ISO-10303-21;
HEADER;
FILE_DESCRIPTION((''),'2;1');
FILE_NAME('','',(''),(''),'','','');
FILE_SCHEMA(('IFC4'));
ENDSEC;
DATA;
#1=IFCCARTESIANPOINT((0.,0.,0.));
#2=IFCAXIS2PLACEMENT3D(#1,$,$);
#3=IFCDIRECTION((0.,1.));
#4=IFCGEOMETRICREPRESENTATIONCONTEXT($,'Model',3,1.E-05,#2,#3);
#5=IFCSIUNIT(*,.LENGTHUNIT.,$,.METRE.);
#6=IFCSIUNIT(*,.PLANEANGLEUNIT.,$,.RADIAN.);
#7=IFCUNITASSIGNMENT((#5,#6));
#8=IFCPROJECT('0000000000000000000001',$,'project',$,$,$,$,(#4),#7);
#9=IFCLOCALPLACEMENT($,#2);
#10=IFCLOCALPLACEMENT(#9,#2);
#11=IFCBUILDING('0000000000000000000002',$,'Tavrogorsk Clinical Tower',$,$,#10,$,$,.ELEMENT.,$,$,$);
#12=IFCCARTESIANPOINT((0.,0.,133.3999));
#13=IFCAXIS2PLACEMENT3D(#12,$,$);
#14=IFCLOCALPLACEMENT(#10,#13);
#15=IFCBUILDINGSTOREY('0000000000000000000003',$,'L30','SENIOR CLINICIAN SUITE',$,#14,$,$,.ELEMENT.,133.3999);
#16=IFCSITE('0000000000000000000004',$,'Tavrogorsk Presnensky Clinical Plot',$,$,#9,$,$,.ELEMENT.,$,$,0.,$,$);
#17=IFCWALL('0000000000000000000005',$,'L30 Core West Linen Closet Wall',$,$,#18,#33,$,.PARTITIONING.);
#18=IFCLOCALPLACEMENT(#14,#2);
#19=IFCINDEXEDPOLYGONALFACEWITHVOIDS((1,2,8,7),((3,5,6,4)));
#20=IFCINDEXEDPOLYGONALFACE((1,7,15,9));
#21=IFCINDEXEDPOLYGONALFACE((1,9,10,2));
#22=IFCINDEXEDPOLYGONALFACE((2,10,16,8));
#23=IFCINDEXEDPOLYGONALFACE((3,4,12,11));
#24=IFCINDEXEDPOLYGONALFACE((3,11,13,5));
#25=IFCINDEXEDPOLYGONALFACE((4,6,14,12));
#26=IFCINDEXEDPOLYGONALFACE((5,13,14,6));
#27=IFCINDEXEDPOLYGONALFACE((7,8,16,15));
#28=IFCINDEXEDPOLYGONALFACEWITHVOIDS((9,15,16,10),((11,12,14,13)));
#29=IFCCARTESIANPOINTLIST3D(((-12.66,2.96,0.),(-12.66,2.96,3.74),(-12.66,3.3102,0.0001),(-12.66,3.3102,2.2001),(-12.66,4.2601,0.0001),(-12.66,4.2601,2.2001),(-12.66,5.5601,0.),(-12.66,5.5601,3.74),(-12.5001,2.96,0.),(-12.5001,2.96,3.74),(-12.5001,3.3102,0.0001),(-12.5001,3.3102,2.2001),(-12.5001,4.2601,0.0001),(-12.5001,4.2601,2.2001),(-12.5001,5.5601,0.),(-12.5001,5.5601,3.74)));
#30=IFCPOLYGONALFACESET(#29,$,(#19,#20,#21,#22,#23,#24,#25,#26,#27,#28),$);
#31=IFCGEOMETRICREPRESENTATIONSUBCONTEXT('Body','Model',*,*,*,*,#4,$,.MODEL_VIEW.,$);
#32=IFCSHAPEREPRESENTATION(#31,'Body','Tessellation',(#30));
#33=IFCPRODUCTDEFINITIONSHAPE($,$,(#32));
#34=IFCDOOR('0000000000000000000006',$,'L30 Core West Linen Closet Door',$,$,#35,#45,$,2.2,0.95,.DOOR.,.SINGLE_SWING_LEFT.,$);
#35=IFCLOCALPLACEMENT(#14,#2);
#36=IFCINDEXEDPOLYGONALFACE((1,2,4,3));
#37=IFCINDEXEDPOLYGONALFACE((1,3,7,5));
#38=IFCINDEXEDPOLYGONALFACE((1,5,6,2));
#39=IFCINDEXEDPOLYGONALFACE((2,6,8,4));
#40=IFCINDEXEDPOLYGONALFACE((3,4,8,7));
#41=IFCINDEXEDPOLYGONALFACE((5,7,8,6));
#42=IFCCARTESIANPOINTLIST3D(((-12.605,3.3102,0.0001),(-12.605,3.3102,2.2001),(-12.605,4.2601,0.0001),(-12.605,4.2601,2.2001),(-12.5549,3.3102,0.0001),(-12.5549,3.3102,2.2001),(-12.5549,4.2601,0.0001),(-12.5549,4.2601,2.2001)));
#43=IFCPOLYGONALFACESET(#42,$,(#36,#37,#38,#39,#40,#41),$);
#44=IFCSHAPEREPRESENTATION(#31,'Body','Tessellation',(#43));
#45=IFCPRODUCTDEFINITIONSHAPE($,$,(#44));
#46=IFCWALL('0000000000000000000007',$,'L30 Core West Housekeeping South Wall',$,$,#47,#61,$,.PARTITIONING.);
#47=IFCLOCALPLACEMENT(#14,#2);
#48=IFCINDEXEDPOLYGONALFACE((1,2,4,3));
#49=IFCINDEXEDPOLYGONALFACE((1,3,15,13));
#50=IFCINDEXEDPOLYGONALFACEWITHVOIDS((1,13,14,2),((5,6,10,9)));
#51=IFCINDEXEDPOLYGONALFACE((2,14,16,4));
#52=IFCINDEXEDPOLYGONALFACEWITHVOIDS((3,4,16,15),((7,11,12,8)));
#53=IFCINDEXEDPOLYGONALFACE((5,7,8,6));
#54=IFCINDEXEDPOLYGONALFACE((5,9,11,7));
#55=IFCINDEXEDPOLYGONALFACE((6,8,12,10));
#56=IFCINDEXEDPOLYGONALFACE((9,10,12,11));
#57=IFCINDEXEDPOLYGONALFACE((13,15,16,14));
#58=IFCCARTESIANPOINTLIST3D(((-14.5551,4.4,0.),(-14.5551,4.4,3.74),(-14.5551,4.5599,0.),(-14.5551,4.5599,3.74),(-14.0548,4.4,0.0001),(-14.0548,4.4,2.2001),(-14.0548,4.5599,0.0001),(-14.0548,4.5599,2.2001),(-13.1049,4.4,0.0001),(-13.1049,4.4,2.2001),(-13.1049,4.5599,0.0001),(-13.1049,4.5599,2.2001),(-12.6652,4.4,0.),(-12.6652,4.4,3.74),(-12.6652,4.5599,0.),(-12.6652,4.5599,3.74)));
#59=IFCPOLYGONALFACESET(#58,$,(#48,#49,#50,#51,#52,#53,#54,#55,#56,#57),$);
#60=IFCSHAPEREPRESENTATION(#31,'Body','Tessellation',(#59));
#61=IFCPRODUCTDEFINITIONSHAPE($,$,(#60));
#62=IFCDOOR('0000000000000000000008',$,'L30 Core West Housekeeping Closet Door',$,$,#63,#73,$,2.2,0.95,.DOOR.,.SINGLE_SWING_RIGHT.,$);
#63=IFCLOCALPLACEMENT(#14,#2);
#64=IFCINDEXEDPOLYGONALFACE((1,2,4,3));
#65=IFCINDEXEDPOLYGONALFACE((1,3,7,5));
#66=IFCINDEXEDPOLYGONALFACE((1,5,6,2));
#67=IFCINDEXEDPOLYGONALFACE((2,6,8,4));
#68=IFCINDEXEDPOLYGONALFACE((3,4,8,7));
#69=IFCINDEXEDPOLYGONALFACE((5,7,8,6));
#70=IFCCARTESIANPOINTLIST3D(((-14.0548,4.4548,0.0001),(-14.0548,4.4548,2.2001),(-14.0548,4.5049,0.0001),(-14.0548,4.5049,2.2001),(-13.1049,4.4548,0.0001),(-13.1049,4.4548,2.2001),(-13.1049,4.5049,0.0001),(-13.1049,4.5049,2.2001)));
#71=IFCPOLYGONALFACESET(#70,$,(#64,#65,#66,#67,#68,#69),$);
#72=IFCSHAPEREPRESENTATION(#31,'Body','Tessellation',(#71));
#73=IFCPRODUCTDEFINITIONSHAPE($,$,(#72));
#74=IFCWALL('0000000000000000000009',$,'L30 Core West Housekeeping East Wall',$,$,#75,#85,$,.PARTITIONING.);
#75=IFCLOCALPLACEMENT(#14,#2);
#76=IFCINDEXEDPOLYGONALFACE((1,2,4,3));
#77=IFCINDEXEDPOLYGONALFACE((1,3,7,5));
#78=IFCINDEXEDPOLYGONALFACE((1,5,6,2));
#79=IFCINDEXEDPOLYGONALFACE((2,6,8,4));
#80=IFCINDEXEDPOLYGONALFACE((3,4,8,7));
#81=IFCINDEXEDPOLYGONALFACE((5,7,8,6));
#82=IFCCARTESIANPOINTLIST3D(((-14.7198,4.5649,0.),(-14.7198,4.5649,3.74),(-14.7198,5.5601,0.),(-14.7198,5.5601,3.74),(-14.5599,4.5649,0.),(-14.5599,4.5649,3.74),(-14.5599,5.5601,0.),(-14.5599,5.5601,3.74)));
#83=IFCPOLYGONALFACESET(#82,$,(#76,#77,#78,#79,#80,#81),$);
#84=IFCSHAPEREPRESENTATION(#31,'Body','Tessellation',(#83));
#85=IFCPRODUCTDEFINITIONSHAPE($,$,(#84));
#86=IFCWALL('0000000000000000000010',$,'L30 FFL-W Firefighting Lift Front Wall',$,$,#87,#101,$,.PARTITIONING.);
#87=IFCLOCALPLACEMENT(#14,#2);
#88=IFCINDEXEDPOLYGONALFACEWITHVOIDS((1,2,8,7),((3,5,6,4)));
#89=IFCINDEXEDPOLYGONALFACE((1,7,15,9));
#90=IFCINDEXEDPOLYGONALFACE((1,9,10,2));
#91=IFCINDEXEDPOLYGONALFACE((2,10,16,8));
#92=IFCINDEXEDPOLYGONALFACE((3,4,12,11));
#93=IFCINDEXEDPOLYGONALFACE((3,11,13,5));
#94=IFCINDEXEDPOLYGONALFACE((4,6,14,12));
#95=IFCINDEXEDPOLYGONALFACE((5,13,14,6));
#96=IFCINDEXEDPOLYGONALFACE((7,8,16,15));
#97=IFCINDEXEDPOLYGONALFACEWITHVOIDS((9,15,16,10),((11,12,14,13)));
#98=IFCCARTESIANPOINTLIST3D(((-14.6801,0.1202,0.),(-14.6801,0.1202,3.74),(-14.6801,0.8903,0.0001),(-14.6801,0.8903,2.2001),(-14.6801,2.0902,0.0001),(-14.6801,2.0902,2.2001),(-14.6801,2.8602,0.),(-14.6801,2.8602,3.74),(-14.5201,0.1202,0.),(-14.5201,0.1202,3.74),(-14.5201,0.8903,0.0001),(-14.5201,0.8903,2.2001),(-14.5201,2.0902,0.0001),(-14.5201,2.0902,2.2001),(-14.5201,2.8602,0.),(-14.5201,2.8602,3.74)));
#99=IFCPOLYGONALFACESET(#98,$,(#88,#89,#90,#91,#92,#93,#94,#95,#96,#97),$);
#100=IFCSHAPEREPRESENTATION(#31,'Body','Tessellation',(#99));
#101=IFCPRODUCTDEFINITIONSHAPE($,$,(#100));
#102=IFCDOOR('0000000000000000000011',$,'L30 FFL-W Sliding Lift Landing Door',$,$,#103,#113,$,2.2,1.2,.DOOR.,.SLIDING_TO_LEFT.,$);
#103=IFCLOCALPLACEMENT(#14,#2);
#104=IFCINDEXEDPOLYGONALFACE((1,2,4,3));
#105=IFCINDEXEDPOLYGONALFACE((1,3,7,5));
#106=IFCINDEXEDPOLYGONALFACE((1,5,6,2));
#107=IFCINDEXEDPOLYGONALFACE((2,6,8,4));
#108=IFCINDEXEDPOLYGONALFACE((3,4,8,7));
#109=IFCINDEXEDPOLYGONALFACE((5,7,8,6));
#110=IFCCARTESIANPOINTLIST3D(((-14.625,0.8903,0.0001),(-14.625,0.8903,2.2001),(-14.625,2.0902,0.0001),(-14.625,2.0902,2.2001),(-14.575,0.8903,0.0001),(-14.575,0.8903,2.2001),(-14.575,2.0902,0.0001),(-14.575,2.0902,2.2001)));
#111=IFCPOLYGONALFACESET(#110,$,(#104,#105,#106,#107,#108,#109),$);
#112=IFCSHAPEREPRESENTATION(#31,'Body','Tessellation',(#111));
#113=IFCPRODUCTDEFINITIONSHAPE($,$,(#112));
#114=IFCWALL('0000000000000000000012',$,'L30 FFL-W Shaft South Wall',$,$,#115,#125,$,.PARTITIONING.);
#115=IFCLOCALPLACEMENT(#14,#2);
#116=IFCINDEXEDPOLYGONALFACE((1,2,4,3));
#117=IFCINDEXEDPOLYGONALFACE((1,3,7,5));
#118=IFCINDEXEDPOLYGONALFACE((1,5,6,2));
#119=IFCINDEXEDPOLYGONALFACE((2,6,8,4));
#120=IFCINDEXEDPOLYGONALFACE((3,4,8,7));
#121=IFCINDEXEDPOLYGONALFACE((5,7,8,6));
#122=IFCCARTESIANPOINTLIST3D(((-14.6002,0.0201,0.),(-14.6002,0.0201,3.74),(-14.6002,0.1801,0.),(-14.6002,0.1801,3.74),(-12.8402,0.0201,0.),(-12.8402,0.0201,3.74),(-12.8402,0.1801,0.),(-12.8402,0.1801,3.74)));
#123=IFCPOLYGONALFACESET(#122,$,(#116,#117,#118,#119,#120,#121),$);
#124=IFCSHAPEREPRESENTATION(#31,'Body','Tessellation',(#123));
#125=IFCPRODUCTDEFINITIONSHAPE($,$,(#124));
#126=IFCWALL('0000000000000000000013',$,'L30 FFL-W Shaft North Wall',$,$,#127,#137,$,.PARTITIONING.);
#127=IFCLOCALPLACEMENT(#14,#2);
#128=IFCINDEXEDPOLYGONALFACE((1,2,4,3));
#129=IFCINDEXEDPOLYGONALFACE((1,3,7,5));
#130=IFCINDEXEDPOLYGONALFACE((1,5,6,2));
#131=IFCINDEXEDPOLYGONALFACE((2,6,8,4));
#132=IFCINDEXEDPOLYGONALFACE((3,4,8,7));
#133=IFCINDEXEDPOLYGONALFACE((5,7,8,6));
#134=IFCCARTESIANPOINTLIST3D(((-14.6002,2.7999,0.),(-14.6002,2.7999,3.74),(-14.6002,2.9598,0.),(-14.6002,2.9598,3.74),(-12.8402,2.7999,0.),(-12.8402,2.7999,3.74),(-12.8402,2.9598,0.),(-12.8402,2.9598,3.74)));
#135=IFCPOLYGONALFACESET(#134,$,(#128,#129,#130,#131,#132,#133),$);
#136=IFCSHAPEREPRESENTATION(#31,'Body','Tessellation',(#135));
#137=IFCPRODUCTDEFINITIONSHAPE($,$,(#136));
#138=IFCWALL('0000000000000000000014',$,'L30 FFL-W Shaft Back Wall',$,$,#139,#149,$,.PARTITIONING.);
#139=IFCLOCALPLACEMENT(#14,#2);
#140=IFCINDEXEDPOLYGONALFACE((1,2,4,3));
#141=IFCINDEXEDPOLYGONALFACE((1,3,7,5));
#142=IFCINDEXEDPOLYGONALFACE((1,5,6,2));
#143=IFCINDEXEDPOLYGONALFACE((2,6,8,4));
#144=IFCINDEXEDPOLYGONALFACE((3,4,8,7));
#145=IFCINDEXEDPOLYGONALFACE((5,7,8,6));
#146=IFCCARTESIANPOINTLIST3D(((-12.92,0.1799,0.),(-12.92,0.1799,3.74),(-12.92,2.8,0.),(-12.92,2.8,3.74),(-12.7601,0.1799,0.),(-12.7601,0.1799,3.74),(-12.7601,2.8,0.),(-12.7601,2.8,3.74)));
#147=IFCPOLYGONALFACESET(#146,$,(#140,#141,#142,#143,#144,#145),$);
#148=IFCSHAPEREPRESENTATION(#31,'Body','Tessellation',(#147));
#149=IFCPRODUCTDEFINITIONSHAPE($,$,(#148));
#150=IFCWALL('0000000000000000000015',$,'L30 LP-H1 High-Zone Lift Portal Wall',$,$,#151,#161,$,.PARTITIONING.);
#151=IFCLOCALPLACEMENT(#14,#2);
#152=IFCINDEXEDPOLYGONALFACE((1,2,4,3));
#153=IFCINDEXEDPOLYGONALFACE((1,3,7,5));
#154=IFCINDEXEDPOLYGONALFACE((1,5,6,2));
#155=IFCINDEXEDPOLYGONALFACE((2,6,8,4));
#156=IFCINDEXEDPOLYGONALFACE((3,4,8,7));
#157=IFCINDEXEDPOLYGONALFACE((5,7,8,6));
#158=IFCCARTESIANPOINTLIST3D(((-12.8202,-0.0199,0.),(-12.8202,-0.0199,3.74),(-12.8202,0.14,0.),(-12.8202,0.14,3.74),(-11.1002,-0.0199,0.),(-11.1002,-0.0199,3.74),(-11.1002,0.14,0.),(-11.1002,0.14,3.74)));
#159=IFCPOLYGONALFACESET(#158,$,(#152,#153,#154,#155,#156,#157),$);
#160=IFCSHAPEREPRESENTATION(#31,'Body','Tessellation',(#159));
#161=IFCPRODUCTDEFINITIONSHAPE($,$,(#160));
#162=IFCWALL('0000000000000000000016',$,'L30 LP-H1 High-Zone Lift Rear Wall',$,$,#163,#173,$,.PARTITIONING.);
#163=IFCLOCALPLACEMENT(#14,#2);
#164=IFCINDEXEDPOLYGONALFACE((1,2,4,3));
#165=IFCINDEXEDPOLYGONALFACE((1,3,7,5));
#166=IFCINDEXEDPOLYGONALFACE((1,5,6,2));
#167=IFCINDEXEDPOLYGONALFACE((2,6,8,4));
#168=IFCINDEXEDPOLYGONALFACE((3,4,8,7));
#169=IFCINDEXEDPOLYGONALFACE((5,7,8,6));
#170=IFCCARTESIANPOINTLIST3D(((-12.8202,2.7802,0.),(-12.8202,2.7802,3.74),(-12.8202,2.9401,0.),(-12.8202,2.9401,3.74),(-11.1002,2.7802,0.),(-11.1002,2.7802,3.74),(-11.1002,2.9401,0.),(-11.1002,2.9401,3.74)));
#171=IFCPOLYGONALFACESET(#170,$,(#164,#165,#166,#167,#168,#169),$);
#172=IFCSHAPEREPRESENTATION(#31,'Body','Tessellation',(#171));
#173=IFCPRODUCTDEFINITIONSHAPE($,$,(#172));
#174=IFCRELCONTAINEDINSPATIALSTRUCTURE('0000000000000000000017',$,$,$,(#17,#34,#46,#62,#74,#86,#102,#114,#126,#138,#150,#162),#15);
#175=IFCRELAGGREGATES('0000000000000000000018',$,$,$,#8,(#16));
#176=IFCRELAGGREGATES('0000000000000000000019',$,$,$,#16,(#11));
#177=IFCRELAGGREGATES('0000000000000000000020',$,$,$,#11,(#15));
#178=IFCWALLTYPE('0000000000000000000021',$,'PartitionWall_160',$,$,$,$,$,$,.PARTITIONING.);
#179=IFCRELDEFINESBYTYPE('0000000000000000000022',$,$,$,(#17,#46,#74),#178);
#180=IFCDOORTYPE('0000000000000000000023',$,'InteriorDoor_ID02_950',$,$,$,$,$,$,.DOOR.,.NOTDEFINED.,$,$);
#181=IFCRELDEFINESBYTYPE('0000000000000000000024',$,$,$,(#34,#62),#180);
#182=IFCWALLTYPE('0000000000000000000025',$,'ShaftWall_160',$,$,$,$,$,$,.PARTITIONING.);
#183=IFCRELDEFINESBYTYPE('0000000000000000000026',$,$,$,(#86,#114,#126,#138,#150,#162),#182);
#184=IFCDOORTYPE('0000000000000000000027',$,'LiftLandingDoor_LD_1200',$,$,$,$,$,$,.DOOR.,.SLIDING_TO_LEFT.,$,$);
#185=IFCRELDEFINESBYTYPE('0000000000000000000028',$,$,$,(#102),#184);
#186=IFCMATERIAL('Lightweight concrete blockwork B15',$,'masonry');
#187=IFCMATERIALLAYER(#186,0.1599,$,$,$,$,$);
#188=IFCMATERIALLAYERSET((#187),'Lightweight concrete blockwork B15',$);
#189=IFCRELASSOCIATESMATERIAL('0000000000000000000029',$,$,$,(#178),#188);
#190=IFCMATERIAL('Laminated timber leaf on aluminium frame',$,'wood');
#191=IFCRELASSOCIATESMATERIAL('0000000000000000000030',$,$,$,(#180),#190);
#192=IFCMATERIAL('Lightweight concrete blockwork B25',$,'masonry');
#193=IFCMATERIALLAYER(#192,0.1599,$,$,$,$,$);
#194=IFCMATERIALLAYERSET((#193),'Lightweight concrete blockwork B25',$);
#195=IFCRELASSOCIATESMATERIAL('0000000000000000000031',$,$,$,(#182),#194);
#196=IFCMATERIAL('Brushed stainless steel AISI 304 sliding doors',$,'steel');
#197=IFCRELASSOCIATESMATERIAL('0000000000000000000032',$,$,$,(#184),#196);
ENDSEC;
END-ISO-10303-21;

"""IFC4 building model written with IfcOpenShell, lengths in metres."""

from ifc_helpers import new_model, si_unit, direction, frame, frame_2d, origin, place, context, subcontext, project, spatial, rectangle, extrude, material, layer, layer_set, type_object, element, fill, save


model = new_model("IFC4")

# Units and contexts
model_context = context("Model", 3, precision=1e-05, world=origin(), true_north=direction((0.0, 1.0)))
body_context = subcontext(model_context, "Body", "Model", "MODEL_VIEW")
ifc_project = project(units=[si_unit("LENGTHUNIT", "METRE"), si_unit("PLANEANGLEUNIT", "RADIAN")], contexts=[model_context])

# Site, building, storey
site_placement = place(None, origin())
site = spatial("IfcSite", under=ifc_project, at=site_placement, Name="Tavrogorsk Presnensky Clinical Plot", CompositionType="ELEMENT", RefElevation=0.0)
building_placement = place(site_placement, origin())
building = spatial("IfcBuilding", under=site, at=building_placement, Name="Tavrogorsk Clinical Tower", CompositionType="ELEMENT")
storey_placement = place(building_placement, frame((0.0, 0.0, 133.3999)))
storey = spatial("IfcBuildingStorey", under=building, at=storey_placement, Name="L30", Description="SENIOR CLINICIAN SUITE", CompositionType="ELEMENT", Elevation=133.3999)

# Walls, openings, doors
ifc_material_1 = material(Name="Lightweight concrete blockwork B15", Category="masonry")
ifc_layer_1 = layer(ifc_material_1, 0.1599)
ifc_layer_set_1 = layer_set([ifc_layer_1], Name="Lightweight concrete blockwork B15")
wall_type_1 = type_object("IfcWallType", Name="PartitionWall_160", PredefinedType="PARTITIONING", material=ifc_layer_set_1)
wall_1_placement = place(storey_placement, frame((-12.5801, 2.96, 0.0), z_axis=(0.0, 0.0, 1.0), x_axis=(0.0, 1.0, 0.0)))
wall_1 = element("IfcWall", 1, at=wall_1_placement, inside=storey, type_object=wall_type_1, Name="L30 Core West Linen Closet Wall", PredefinedType="PARTITIONING", context=body_context, shape_type="SweptSolid", body=[
    extrude(rectangle(XDim=2.6001, YDim=0.1599, at=frame_2d((1.3, 0.0))), origin(), (0.0, 0.0, 1.0), 3.74),
])
opening_1_placement = place(wall_1_placement, frame((0.3501, 0.0, 0.0)))
opening_1 = element("IfcOpeningElement", 2, at=opening_1_placement, cuts=wall_1, PredefinedType="OPENING", context=body_context, shape_type="SweptSolid", body=[
    extrude(rectangle(XDim=0.95, YDim=2.2, at=frame_2d((0.4751, 1.1001))), frame((0.0, 0.0898, 0.0), z_axis=(0.0, -1.0, 0.0), x_axis=(1.0, 0.0, 0.0)), (0.0, 0.0, 1.0), 0.1799),
])
ifc_material_2 = material(Name="Laminated timber leaf on aluminium frame", Category="wood")
door_type_1 = type_object("IfcDoorType", Name="InteriorDoor_ID02_950", OperationType="NOTDEFINED", PredefinedType="DOOR", material=ifc_material_2)
door_1_placement = place(opening_1_placement, origin())
door_1 = element("IfcDoor", 3, at=door_1_placement, inside=storey, type_object=door_type_1, Name="L30 Core West Linen Closet Door", OperationType="SINGLE_SWING_LEFT", OverallHeight=2.2, OverallWidth=0.95, PredefinedType="DOOR", context=body_context, shape_type="SweptSolid", body=[
    extrude(rectangle(XDim=0.95, YDim=2.2, at=frame_2d((0.4751, 1.1001))), frame((0.0, 0.0249, 0.0), z_axis=(0.0, -1.0, 0.0), x_axis=(1.0, 0.0, 0.0)), (0.0, 0.0, 1.0), 0.05),
])
fill(opening_1, door_1)
wall_2_placement = place(storey_placement, frame((-14.5549, 4.48, 0.0), z_axis=(0.0, 0.0, 1.0), x_axis=(1.0, 0.0, 0.0)))
wall_2 = element("IfcWall", 4, at=wall_2_placement, inside=storey, type_object=wall_type_1, Name="L30 Core West Housekeeping South Wall", PredefinedType="PARTITIONING", context=body_context, shape_type="SweptSolid", body=[
    extrude(rectangle(XDim=1.8899, YDim=0.1599, at=frame_2d((0.9448, 0.0))), origin(), (0.0, 0.0, 1.0), 3.74),
])
opening_2_placement = place(wall_2_placement, frame((0.5, 0.0, 0.0)))
opening_2 = element("IfcOpeningElement", 5, at=opening_2_placement, cuts=wall_2, PredefinedType="OPENING", context=body_context, shape_type="SweptSolid", body=[
    extrude(rectangle(XDim=0.95, YDim=2.2, at=frame_2d((0.4751, 1.1001))), frame((0.0, 0.0898, 0.0), z_axis=(0.0, -1.0, 0.0), x_axis=(1.0, 0.0, 0.0)), (0.0, 0.0, 1.0), 0.1799),
])
door_2_placement = place(opening_2_placement, origin())
door_2 = element("IfcDoor", 6, at=door_2_placement, inside=storey, type_object=door_type_1, Name="L30 Core West Housekeeping Closet Door", OperationType="SINGLE_SWING_RIGHT", OverallHeight=2.2, OverallWidth=0.95, PredefinedType="DOOR", context=body_context, shape_type="SweptSolid", body=[
    extrude(rectangle(XDim=0.95, YDim=2.2, at=frame_2d((0.4751, 1.1001))), frame((0.0, 0.0249, 0.0), z_axis=(0.0, -1.0, 0.0), x_axis=(1.0, 0.0, 0.0)), (0.0, 0.0, 1.0), 0.05),
])
fill(opening_2, door_2)

# Wall
wall_3_placement = place(storey_placement, frame((-14.6399, 4.5649, 0.0), z_axis=(0.0, 0.0, 1.0), x_axis=(0.0, 1.0, 0.0)))
element("IfcWall", 7, at=wall_3_placement, inside=storey, type_object=wall_type_1, Name="L30 Core West Housekeeping East Wall", PredefinedType="PARTITIONING", context=body_context, shape_type="SweptSolid", body=[
    extrude(rectangle(XDim=0.9951, YDim=0.1599, at=frame_2d((0.4976, 0.0))), origin(), (0.0, 0.0, 1.0), 3.74),
])

# Wall, opening, door
ifc_material_3 = material(Name="Lightweight concrete blockwork B25", Category="masonry")
ifc_layer_2 = layer(ifc_material_3, 0.1599)
ifc_layer_set_2 = layer_set([ifc_layer_2], Name="Lightweight concrete blockwork B25")
wall_type_2 = type_object("IfcWallType", Name="ShaftWall_160", PredefinedType="PARTITIONING", material=ifc_layer_set_2)
wall_4_placement = place(storey_placement, frame((-14.6001, 0.1201, 0.0), z_axis=(0.0, 0.0, 1.0), x_axis=(0.0, 1.0, 0.0)))
wall_4 = element("IfcWall", 8, at=wall_4_placement, inside=storey, type_object=wall_type_2, Name="L30 FFL-W Firefighting Lift Front Wall", PredefinedType="PARTITIONING", context=body_context, shape_type="SweptSolid", body=[
    extrude(rectangle(XDim=2.74, YDim=0.1599, at=frame_2d((1.3701, 0.0))), origin(), (0.0, 0.0, 1.0), 3.74),
])
opening_3_placement = place(wall_4_placement, frame((0.77, 0.0, 0.0)))
opening_3 = element("IfcOpeningElement", 9, at=opening_3_placement, cuts=wall_4, PredefinedType="OPENING", context=body_context, shape_type="SweptSolid", body=[
    extrude(rectangle(XDim=1.2, YDim=2.2, at=frame_2d((0.6001, 1.1001))), frame((0.0, 0.0898, 0.0), z_axis=(0.0, -1.0, 0.0), x_axis=(1.0, 0.0, 0.0)), (0.0, 0.0, 1.0), 0.1799),
])
ifc_material_4 = material(Name="Brushed stainless steel AISI 304 sliding doors", Category="steel")
door_type_2 = type_object("IfcDoorType", Name="LiftLandingDoor_LD_1200", OperationType="SLIDING_TO_LEFT", PredefinedType="DOOR", material=ifc_material_4)
door_3_placement = place(opening_3_placement, origin())
door_3 = element("IfcDoor", 10, at=door_3_placement, inside=storey, type_object=door_type_2, Name="L30 FFL-W Sliding Lift Landing Door", OperationType="SLIDING_TO_LEFT", OverallHeight=2.2, OverallWidth=1.2, PredefinedType="DOOR", context=body_context, shape_type="SweptSolid", body=[
    extrude(rectangle(XDim=1.2, YDim=2.2, at=frame_2d((0.6001, 1.1001))), frame((0.0, 0.0249, 0.0), z_axis=(0.0, -1.0, 0.0), x_axis=(1.0, 0.0, 0.0)), (0.0, 0.0, 1.0), 0.05),
])
fill(opening_3, door_3)

# Walls
for number, where, z_axis, x_axis, name in (
    (11, (-14.6001, 0.1001, 0.0), (0.0, 0.0, 1.0), (1.0, 0.0, 0.0), "L30 FFL-W Shaft South Wall"),
    (12, (-14.6001, 2.8799, 0.0), (0.0, 0.0, 1.0), (1.0, 0.0, 0.0), "L30 FFL-W Shaft North Wall"),
):
    element("IfcWall", number, at=place(storey_placement, frame(where, z_axis=z_axis, x_axis=x_axis)), inside=storey, type_object=wall_type_2, Name=name, PredefinedType="PARTITIONING", context=body_context, shape_type="SweptSolid", body=[
        extrude(rectangle(XDim=1.76, YDim=0.1599, at=frame_2d((0.8799, 0.0))), origin(), (0.0, 0.0, 1.0), 3.74),
    ])
wall_5_placement = place(storey_placement, frame((-12.8401, 0.1799, 0.0), z_axis=(0.0, 0.0, 1.0), x_axis=(0.0, 1.0, 0.0)))
element("IfcWall", 13, at=wall_5_placement, inside=storey, type_object=wall_type_2, Name="L30 FFL-W Shaft Back Wall", PredefinedType="PARTITIONING", context=body_context, shape_type="SweptSolid", body=[
    extrude(rectangle(XDim=2.6201, YDim=0.1599, at=frame_2d((1.3101, 0.0))), origin(), (0.0, 0.0, 1.0), 3.74),
])
for number, where, z_axis, x_axis, name in (
    (14, (-12.8201, 0.0601, 0.0), (0.0, 0.0, 1.0), (1.0, 0.0, 0.0), "L30 LP-H1 High-Zone Lift Portal Wall"),
    (15, (-12.8201, 2.8601, 0.0), (0.0, 0.0, 1.0), (1.0, 0.0, 0.0), "L30 LP-H1 High-Zone Lift Rear Wall"),
):
    element("IfcWall", number, at=place(storey_placement, frame(where, z_axis=z_axis, x_axis=x_axis)), inside=storey, type_object=wall_type_2, Name=name, PredefinedType="PARTITIONING", context=body_context, shape_type="SweptSolid", body=[
        extrude(rectangle(XDim=1.72, YDim=0.1599, at=frame_2d((0.8599, 0.0))), origin(), (0.0, 0.0, 1.0), 3.74),
    ])

save(model, "model.ifc")
